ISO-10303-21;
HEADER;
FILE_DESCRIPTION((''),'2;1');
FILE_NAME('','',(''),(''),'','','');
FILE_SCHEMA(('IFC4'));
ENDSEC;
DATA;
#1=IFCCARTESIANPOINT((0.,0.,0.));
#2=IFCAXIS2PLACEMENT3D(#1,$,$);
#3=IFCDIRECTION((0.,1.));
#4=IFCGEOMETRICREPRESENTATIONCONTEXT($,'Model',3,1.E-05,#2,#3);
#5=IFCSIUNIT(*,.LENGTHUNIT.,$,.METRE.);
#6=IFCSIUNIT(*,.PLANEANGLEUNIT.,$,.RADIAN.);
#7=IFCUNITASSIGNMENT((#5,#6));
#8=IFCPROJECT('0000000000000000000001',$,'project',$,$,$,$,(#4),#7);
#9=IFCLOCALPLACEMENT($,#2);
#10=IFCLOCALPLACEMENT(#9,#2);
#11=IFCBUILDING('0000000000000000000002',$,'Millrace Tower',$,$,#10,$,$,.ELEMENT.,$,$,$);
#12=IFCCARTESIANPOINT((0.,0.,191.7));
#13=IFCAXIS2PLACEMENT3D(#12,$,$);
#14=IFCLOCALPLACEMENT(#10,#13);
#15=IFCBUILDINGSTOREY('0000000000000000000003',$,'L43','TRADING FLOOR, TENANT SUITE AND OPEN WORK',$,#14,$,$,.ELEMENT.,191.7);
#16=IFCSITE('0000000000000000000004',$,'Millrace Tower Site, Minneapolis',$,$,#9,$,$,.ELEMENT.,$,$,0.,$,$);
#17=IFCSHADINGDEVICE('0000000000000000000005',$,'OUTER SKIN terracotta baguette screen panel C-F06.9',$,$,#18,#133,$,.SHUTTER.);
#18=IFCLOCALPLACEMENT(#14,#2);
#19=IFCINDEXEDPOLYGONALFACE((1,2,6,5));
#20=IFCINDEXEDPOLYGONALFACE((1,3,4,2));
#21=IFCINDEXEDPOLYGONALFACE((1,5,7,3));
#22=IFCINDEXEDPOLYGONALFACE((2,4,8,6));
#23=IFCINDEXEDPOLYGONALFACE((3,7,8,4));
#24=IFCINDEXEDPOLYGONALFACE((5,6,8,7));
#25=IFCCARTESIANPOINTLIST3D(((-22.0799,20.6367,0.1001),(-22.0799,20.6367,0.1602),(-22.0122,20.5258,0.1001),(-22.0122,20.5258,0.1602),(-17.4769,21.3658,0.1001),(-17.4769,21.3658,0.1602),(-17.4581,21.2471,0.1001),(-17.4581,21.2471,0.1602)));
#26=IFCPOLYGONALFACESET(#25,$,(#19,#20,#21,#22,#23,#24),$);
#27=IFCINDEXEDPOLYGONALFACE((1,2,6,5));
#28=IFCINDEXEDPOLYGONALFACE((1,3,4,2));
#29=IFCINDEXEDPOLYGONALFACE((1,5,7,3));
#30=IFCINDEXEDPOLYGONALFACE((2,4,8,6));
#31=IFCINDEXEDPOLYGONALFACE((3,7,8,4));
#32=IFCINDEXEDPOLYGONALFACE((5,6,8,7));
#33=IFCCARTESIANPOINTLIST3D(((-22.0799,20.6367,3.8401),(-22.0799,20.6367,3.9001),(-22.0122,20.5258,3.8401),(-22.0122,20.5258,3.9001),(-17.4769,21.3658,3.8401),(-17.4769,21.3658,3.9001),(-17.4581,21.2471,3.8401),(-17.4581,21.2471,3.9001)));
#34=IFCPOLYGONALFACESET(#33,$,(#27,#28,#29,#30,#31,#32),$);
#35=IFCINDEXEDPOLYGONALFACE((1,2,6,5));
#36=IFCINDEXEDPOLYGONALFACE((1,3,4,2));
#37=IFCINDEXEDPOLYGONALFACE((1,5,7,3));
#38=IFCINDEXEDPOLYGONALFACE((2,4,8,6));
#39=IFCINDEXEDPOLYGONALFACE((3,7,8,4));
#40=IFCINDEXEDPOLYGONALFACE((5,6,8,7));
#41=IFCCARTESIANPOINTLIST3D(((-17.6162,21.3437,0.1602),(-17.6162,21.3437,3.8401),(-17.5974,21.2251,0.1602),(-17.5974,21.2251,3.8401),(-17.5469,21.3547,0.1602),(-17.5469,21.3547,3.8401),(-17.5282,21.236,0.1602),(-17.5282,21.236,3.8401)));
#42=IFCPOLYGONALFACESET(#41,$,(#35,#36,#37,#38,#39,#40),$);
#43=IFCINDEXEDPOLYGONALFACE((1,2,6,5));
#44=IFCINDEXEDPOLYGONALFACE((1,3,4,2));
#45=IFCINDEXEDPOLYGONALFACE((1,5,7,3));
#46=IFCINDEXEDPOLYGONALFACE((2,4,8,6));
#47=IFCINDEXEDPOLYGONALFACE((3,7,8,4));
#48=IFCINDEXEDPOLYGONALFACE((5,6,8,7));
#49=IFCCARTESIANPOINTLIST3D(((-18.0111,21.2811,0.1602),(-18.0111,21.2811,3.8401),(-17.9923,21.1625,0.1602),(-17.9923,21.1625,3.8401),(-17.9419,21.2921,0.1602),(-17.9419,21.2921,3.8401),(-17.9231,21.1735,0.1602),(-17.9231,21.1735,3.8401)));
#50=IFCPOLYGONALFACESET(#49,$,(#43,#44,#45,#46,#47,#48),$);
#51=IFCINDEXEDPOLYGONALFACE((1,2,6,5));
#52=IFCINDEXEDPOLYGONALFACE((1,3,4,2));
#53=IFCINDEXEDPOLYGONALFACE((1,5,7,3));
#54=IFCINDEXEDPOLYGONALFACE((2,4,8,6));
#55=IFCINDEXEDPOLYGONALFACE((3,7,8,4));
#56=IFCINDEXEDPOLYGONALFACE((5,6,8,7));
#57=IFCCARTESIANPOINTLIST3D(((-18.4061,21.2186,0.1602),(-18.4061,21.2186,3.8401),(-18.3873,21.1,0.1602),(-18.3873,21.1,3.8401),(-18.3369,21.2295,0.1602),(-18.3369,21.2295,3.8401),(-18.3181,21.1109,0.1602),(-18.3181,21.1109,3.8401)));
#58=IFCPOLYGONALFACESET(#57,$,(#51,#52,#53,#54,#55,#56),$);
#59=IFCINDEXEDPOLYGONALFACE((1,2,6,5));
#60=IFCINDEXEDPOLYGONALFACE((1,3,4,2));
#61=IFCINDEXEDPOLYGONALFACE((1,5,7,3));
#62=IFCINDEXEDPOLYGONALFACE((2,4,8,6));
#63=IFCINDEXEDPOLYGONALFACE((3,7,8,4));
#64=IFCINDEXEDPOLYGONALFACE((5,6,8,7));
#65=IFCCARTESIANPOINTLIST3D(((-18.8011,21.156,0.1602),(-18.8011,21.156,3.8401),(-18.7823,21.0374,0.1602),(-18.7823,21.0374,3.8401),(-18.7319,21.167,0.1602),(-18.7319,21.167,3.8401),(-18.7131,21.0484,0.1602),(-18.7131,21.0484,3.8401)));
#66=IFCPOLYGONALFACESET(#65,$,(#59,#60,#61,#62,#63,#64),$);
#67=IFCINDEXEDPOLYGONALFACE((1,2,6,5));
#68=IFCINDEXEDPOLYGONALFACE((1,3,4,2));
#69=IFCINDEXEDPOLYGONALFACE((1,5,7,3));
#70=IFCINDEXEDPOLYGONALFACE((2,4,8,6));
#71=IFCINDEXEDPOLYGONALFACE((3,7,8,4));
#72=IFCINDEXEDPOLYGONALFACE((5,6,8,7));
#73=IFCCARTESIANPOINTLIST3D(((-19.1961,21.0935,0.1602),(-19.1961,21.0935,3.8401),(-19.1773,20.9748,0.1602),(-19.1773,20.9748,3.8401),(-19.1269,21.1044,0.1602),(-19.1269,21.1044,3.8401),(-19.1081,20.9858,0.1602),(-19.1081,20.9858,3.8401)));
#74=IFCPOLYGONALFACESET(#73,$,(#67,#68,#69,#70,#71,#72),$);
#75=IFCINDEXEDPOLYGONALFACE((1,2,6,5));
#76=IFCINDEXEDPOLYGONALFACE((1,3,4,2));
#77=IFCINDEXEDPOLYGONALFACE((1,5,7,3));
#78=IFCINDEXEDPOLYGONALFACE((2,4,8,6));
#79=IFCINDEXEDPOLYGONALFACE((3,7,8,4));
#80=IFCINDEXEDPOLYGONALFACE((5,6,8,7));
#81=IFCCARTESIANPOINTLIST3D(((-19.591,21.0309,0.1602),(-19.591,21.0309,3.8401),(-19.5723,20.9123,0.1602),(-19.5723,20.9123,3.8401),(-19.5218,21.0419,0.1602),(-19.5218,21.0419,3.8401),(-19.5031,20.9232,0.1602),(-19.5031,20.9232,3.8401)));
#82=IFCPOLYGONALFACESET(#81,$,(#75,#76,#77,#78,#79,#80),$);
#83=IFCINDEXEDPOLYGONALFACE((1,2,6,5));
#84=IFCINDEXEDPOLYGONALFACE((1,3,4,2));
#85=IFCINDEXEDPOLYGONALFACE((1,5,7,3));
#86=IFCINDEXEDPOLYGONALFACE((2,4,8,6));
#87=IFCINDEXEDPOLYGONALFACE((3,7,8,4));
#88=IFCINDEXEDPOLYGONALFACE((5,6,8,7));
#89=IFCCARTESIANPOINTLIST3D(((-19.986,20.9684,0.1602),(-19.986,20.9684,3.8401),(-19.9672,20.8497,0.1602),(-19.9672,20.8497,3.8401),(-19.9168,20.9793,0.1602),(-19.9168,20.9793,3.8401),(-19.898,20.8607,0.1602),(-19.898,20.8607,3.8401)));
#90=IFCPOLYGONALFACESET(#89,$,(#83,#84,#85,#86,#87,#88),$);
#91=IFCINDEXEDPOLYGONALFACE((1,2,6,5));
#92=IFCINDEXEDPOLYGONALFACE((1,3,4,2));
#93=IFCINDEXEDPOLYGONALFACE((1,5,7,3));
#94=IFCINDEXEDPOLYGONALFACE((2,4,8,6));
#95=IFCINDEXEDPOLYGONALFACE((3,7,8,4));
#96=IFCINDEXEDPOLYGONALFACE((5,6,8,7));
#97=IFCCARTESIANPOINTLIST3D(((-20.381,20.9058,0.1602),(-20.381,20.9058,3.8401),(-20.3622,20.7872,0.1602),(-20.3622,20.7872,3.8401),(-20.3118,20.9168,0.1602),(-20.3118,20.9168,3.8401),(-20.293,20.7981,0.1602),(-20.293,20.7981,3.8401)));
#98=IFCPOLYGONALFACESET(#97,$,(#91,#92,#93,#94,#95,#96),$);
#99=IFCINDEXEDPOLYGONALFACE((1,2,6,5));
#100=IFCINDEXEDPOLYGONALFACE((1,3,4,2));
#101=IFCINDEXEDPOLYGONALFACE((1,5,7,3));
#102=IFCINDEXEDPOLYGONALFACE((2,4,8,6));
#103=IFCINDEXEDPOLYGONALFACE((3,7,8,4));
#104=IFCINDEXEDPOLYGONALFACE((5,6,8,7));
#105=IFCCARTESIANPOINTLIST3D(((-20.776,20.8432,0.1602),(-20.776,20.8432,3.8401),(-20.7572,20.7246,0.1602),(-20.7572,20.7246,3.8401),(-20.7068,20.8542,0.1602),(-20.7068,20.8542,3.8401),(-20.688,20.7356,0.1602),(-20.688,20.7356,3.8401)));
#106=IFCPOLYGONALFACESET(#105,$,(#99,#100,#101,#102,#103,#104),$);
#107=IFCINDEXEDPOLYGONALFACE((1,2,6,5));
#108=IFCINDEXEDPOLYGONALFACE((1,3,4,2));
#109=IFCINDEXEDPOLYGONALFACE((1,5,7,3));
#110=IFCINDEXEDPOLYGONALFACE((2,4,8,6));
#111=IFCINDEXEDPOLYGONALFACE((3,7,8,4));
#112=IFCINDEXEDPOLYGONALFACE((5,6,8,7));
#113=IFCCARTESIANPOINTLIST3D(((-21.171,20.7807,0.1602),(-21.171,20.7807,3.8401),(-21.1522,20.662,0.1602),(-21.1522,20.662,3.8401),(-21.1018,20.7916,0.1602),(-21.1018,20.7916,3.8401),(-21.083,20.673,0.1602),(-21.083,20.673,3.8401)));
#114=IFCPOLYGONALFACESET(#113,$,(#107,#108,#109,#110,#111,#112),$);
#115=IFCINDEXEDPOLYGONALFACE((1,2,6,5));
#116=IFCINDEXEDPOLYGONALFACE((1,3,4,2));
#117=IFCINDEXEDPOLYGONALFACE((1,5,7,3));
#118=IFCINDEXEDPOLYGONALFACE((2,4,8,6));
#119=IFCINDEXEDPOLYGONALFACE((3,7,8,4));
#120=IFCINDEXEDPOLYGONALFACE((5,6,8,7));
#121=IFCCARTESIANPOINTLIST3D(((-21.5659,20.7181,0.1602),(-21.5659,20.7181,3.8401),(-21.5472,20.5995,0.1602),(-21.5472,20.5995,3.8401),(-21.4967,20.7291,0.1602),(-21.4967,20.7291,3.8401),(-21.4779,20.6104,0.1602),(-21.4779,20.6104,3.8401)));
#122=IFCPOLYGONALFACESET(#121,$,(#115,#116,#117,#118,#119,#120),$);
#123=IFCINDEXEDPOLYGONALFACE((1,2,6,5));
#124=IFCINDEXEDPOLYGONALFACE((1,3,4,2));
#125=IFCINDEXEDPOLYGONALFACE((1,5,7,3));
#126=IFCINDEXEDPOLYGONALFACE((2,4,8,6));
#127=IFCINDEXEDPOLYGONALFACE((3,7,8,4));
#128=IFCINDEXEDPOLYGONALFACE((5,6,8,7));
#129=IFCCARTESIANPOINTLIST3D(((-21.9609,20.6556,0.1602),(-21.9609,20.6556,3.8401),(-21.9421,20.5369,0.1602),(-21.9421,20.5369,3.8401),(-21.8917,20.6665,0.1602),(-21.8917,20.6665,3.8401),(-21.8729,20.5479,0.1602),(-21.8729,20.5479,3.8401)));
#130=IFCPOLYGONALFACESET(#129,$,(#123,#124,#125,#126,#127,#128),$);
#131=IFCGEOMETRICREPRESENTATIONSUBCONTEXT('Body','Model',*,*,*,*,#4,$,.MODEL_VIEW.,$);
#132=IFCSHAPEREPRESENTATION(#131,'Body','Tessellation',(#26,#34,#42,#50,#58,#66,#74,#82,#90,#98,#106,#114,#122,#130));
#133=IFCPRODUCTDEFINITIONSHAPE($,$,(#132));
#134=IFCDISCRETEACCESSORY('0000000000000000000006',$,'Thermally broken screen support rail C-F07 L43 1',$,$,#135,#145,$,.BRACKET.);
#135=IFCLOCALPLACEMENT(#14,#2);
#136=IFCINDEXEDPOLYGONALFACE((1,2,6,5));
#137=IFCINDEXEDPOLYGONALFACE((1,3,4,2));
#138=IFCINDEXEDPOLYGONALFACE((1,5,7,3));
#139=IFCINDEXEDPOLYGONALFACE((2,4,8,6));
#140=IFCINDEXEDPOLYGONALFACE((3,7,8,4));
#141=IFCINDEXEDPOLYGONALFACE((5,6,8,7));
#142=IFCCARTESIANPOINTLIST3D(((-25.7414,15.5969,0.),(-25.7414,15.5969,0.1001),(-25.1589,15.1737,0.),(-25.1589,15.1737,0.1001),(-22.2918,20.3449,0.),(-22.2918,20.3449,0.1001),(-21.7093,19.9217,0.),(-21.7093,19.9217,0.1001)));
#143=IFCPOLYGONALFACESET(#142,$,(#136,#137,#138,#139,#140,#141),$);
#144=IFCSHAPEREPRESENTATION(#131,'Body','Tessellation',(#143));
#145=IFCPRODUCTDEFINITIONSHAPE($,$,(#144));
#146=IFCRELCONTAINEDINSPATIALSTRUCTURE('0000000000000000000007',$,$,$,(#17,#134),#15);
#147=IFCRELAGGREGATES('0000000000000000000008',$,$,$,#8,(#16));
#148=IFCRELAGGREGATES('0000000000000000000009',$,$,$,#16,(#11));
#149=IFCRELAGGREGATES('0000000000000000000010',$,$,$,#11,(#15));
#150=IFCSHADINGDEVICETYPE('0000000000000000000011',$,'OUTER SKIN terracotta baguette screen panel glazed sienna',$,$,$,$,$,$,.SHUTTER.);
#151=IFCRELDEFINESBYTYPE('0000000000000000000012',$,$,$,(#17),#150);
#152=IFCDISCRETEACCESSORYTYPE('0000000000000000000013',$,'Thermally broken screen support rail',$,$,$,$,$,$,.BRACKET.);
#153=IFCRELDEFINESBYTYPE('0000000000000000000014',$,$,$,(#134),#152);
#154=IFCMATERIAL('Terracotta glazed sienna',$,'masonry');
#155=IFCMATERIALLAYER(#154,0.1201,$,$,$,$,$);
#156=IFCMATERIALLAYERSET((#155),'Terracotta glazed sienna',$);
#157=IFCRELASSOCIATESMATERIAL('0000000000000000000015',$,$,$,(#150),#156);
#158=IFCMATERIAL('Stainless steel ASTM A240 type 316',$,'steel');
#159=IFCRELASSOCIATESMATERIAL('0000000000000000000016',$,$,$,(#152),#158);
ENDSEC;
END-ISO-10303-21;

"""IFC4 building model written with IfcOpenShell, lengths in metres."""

from ifc_helpers import new_model, entity, si_unit, direction, frame, frame_2d, origin, origin_2d, place, context, subcontext, project, spatial, rectangle, extrude, source, transform, mapped, material, layer, layer_set, type_object, element, save


model = new_model("IFC4")

# Units and contexts
model_context = context("Model", 3, precision=1e-05, world=origin(), true_north=direction((0.0, 1.0)))
body_context = subcontext(model_context, "Body", "Model", "MODEL_VIEW")
ifc_project = project(units=[si_unit("LENGTHUNIT", "METRE"), si_unit("PLANEANGLEUNIT", "RADIAN")], contexts=[model_context])

# Site, building, storey
site_placement = place(None, origin())
site = spatial("IfcSite", under=ifc_project, at=site_placement, Name="Millrace Tower Site, Minneapolis", CompositionType="ELEMENT", RefElevation=0.0)
building_placement = place(site_placement, origin())
building = spatial("IfcBuilding", under=site, at=building_placement, Name="Millrace Tower", CompositionType="ELEMENT")
storey_placement = place(building_placement, frame((0.0, 0.0, 191.7)))
storey = spatial("IfcBuildingStorey", under=building, at=storey_placement, Name="L43", Description="TRADING FLOOR, TENANT SUITE AND OPEN WORK", CompositionType="ELEMENT", Elevation=191.7)

# Shading device
ifc_material_1 = material(Name="Terracotta glazed sienna", Category="masonry")
ifc_layer_1 = layer(ifc_material_1, 0.1201)
ifc_layer_set_1 = layer_set([ifc_layer_1], Name="Terracotta glazed sienna")
shading_device_type = type_object("IfcShadingDeviceType", Name="OUTER SKIN terracotta baguette screen panel glazed sienna", PredefinedType="SHUTTER", material=ifc_layer_set_1)
cartesian_point_1 = entity("IfcCartesianPoint", [-2.3179, 0.0601])
shared_polyline_1 = entity("IfcPolyline", [cartesian_point_1, entity("IfcCartesianPoint", [2.293, 0.0601]), entity("IfcCartesianPoint", [2.3425, -0.0601]), entity("IfcCartesianPoint", [-2.3179, -0.0601]), cartesian_point_1])
shared_shape_1 = source(origin(), body_context, "Body", "SweptSolid", [
    entity("IfcExtrudedAreaSolid", entity("IfcArbitraryClosedProfileDef", "AREA", None, shared_polyline_1), entity("IfcAxis2Placement3D", entity("IfcCartesianPoint", [0.0, 0.0, 0.0])), entity("IfcDirection", [0.0, 0.0, 1.0]), 0.0601),
    entity("IfcExtrudedAreaSolid", entity("IfcArbitraryClosedProfileDef", "AREA", None, shared_polyline_1), entity("IfcAxis2Placement3D", entity("IfcCartesianPoint", [0.0, 0.0, 3.74])), entity("IfcDirection", [0.0, 0.0, 1.0]), 0.0601),
    extrude(rectangle(XDim=0.0701, YDim=0.1201, at=frame_2d((-2.2119, 0.0))), frame((0.0, 0.0, 0.0601)), (0.0, 0.0, 1.0), 3.6799),
    extrude(rectangle(XDim=0.0701, YDim=0.1201, at=frame_2d((-1.812, 0.0))), frame((0.0, 0.0, 0.0601)), (0.0, 0.0, 1.0), 3.6799),
    extrude(rectangle(XDim=0.0701, YDim=0.1201, at=frame_2d((-1.4121, 0.0))), frame((0.0, 0.0, 0.0601)), (0.0, 0.0, 1.0), 3.6799),
    extrude(rectangle(XDim=0.0701, YDim=0.1201, at=frame_2d((-1.0122, 0.0))), frame((0.0, 0.0, 0.0601)), (0.0, 0.0, 1.0), 3.6799),
    extrude(rectangle(XDim=0.0701, YDim=0.1201, at=frame_2d((-0.6123, 0.0))), frame((0.0, 0.0, 0.0601)), (0.0, 0.0, 1.0), 3.6799),
    extrude(rectangle(XDim=0.0701, YDim=0.1201, at=frame_2d((-0.2124, 0.0))), frame((0.0, 0.0, 0.0601)), (0.0, 0.0, 1.0), 3.6799),
    extrude(rectangle(XDim=0.0701, YDim=0.1201, at=frame_2d((0.1875, 0.0))), frame((0.0, 0.0, 0.0601)), (0.0, 0.0, 1.0), 3.6799),
    extrude(rectangle(XDim=0.0701, YDim=0.1201, at=frame_2d((0.5874, 0.0))), frame((0.0, 0.0, 0.0601)), (0.0, 0.0, 1.0), 3.6799),
    extrude(rectangle(XDim=0.0701, YDim=0.1201, at=frame_2d((0.9873, 0.0))), frame((0.0, 0.0, 0.0601)), (0.0, 0.0, 1.0), 3.6799),
    extrude(rectangle(XDim=0.0701, YDim=0.1201, at=frame_2d((1.3872, 0.0))), frame((0.0, 0.0, 0.0601)), (0.0, 0.0, 1.0), 3.6799),
    extrude(rectangle(XDim=0.0701, YDim=0.1201, at=frame_2d((1.7871, 0.0))), frame((0.0, 0.0, 0.0601)), (0.0, 0.0, 1.0), 3.6799),
    extrude(rectangle(XDim=0.0701, YDim=0.1201, at=frame_2d((2.187, 0.0))), frame((0.0, 0.0, 0.0601)), (0.0, 0.0, 1.0), 3.6799),
])
shading_device_1_placement = place(storey_placement, frame((-19.7568, 20.9438, 0.1001), z_axis=(0.0, 0.0, 1.0), x_axis=(-0.987688, -0.156434, 0.0)))
element("IfcShadingDevice", 1, at=shading_device_1_placement, inside=storey, type_object=shading_device_type, Name="OUTER SKIN terracotta baguette screen panel C-F06.9", PredefinedType="SHUTTER", context=body_context, shape_type="MappedRepresentation", body=[
    mapped(shared_shape_1, transform((0.0, 0.0, 0.0), scale=1.0)),
])

# Discrete accessory
ifc_material_2 = material(Name="Stainless steel ASTM A240 type 316", Category="steel")
discrete_accessory_type = type_object("IfcDiscreteAccessoryType", Name="Thermally broken screen support rail", PredefinedType="BRACKET", material=ifc_material_2)
discrete_accessory_placement = place(storey_placement, frame((-23.7253, 17.7593, 0.0), z_axis=(0.0, 0.0, 1.0), x_axis=(-0.587785, -0.809017, 0.0)))
element("IfcDiscreteAccessory", 2, at=discrete_accessory_placement, inside=storey, type_object=discrete_accessory_type, Name="Thermally broken screen support rail C-F07 L43 1", PredefinedType="BRACKET", context=body_context, shape_type="SweptSolid", body=[
    extrude(rectangle(XDim=5.8689, YDim=0.72, at=origin_2d()), origin(), (0.0, 0.0, 1.0), 0.1001),
])

save(model, "model.ifc")
